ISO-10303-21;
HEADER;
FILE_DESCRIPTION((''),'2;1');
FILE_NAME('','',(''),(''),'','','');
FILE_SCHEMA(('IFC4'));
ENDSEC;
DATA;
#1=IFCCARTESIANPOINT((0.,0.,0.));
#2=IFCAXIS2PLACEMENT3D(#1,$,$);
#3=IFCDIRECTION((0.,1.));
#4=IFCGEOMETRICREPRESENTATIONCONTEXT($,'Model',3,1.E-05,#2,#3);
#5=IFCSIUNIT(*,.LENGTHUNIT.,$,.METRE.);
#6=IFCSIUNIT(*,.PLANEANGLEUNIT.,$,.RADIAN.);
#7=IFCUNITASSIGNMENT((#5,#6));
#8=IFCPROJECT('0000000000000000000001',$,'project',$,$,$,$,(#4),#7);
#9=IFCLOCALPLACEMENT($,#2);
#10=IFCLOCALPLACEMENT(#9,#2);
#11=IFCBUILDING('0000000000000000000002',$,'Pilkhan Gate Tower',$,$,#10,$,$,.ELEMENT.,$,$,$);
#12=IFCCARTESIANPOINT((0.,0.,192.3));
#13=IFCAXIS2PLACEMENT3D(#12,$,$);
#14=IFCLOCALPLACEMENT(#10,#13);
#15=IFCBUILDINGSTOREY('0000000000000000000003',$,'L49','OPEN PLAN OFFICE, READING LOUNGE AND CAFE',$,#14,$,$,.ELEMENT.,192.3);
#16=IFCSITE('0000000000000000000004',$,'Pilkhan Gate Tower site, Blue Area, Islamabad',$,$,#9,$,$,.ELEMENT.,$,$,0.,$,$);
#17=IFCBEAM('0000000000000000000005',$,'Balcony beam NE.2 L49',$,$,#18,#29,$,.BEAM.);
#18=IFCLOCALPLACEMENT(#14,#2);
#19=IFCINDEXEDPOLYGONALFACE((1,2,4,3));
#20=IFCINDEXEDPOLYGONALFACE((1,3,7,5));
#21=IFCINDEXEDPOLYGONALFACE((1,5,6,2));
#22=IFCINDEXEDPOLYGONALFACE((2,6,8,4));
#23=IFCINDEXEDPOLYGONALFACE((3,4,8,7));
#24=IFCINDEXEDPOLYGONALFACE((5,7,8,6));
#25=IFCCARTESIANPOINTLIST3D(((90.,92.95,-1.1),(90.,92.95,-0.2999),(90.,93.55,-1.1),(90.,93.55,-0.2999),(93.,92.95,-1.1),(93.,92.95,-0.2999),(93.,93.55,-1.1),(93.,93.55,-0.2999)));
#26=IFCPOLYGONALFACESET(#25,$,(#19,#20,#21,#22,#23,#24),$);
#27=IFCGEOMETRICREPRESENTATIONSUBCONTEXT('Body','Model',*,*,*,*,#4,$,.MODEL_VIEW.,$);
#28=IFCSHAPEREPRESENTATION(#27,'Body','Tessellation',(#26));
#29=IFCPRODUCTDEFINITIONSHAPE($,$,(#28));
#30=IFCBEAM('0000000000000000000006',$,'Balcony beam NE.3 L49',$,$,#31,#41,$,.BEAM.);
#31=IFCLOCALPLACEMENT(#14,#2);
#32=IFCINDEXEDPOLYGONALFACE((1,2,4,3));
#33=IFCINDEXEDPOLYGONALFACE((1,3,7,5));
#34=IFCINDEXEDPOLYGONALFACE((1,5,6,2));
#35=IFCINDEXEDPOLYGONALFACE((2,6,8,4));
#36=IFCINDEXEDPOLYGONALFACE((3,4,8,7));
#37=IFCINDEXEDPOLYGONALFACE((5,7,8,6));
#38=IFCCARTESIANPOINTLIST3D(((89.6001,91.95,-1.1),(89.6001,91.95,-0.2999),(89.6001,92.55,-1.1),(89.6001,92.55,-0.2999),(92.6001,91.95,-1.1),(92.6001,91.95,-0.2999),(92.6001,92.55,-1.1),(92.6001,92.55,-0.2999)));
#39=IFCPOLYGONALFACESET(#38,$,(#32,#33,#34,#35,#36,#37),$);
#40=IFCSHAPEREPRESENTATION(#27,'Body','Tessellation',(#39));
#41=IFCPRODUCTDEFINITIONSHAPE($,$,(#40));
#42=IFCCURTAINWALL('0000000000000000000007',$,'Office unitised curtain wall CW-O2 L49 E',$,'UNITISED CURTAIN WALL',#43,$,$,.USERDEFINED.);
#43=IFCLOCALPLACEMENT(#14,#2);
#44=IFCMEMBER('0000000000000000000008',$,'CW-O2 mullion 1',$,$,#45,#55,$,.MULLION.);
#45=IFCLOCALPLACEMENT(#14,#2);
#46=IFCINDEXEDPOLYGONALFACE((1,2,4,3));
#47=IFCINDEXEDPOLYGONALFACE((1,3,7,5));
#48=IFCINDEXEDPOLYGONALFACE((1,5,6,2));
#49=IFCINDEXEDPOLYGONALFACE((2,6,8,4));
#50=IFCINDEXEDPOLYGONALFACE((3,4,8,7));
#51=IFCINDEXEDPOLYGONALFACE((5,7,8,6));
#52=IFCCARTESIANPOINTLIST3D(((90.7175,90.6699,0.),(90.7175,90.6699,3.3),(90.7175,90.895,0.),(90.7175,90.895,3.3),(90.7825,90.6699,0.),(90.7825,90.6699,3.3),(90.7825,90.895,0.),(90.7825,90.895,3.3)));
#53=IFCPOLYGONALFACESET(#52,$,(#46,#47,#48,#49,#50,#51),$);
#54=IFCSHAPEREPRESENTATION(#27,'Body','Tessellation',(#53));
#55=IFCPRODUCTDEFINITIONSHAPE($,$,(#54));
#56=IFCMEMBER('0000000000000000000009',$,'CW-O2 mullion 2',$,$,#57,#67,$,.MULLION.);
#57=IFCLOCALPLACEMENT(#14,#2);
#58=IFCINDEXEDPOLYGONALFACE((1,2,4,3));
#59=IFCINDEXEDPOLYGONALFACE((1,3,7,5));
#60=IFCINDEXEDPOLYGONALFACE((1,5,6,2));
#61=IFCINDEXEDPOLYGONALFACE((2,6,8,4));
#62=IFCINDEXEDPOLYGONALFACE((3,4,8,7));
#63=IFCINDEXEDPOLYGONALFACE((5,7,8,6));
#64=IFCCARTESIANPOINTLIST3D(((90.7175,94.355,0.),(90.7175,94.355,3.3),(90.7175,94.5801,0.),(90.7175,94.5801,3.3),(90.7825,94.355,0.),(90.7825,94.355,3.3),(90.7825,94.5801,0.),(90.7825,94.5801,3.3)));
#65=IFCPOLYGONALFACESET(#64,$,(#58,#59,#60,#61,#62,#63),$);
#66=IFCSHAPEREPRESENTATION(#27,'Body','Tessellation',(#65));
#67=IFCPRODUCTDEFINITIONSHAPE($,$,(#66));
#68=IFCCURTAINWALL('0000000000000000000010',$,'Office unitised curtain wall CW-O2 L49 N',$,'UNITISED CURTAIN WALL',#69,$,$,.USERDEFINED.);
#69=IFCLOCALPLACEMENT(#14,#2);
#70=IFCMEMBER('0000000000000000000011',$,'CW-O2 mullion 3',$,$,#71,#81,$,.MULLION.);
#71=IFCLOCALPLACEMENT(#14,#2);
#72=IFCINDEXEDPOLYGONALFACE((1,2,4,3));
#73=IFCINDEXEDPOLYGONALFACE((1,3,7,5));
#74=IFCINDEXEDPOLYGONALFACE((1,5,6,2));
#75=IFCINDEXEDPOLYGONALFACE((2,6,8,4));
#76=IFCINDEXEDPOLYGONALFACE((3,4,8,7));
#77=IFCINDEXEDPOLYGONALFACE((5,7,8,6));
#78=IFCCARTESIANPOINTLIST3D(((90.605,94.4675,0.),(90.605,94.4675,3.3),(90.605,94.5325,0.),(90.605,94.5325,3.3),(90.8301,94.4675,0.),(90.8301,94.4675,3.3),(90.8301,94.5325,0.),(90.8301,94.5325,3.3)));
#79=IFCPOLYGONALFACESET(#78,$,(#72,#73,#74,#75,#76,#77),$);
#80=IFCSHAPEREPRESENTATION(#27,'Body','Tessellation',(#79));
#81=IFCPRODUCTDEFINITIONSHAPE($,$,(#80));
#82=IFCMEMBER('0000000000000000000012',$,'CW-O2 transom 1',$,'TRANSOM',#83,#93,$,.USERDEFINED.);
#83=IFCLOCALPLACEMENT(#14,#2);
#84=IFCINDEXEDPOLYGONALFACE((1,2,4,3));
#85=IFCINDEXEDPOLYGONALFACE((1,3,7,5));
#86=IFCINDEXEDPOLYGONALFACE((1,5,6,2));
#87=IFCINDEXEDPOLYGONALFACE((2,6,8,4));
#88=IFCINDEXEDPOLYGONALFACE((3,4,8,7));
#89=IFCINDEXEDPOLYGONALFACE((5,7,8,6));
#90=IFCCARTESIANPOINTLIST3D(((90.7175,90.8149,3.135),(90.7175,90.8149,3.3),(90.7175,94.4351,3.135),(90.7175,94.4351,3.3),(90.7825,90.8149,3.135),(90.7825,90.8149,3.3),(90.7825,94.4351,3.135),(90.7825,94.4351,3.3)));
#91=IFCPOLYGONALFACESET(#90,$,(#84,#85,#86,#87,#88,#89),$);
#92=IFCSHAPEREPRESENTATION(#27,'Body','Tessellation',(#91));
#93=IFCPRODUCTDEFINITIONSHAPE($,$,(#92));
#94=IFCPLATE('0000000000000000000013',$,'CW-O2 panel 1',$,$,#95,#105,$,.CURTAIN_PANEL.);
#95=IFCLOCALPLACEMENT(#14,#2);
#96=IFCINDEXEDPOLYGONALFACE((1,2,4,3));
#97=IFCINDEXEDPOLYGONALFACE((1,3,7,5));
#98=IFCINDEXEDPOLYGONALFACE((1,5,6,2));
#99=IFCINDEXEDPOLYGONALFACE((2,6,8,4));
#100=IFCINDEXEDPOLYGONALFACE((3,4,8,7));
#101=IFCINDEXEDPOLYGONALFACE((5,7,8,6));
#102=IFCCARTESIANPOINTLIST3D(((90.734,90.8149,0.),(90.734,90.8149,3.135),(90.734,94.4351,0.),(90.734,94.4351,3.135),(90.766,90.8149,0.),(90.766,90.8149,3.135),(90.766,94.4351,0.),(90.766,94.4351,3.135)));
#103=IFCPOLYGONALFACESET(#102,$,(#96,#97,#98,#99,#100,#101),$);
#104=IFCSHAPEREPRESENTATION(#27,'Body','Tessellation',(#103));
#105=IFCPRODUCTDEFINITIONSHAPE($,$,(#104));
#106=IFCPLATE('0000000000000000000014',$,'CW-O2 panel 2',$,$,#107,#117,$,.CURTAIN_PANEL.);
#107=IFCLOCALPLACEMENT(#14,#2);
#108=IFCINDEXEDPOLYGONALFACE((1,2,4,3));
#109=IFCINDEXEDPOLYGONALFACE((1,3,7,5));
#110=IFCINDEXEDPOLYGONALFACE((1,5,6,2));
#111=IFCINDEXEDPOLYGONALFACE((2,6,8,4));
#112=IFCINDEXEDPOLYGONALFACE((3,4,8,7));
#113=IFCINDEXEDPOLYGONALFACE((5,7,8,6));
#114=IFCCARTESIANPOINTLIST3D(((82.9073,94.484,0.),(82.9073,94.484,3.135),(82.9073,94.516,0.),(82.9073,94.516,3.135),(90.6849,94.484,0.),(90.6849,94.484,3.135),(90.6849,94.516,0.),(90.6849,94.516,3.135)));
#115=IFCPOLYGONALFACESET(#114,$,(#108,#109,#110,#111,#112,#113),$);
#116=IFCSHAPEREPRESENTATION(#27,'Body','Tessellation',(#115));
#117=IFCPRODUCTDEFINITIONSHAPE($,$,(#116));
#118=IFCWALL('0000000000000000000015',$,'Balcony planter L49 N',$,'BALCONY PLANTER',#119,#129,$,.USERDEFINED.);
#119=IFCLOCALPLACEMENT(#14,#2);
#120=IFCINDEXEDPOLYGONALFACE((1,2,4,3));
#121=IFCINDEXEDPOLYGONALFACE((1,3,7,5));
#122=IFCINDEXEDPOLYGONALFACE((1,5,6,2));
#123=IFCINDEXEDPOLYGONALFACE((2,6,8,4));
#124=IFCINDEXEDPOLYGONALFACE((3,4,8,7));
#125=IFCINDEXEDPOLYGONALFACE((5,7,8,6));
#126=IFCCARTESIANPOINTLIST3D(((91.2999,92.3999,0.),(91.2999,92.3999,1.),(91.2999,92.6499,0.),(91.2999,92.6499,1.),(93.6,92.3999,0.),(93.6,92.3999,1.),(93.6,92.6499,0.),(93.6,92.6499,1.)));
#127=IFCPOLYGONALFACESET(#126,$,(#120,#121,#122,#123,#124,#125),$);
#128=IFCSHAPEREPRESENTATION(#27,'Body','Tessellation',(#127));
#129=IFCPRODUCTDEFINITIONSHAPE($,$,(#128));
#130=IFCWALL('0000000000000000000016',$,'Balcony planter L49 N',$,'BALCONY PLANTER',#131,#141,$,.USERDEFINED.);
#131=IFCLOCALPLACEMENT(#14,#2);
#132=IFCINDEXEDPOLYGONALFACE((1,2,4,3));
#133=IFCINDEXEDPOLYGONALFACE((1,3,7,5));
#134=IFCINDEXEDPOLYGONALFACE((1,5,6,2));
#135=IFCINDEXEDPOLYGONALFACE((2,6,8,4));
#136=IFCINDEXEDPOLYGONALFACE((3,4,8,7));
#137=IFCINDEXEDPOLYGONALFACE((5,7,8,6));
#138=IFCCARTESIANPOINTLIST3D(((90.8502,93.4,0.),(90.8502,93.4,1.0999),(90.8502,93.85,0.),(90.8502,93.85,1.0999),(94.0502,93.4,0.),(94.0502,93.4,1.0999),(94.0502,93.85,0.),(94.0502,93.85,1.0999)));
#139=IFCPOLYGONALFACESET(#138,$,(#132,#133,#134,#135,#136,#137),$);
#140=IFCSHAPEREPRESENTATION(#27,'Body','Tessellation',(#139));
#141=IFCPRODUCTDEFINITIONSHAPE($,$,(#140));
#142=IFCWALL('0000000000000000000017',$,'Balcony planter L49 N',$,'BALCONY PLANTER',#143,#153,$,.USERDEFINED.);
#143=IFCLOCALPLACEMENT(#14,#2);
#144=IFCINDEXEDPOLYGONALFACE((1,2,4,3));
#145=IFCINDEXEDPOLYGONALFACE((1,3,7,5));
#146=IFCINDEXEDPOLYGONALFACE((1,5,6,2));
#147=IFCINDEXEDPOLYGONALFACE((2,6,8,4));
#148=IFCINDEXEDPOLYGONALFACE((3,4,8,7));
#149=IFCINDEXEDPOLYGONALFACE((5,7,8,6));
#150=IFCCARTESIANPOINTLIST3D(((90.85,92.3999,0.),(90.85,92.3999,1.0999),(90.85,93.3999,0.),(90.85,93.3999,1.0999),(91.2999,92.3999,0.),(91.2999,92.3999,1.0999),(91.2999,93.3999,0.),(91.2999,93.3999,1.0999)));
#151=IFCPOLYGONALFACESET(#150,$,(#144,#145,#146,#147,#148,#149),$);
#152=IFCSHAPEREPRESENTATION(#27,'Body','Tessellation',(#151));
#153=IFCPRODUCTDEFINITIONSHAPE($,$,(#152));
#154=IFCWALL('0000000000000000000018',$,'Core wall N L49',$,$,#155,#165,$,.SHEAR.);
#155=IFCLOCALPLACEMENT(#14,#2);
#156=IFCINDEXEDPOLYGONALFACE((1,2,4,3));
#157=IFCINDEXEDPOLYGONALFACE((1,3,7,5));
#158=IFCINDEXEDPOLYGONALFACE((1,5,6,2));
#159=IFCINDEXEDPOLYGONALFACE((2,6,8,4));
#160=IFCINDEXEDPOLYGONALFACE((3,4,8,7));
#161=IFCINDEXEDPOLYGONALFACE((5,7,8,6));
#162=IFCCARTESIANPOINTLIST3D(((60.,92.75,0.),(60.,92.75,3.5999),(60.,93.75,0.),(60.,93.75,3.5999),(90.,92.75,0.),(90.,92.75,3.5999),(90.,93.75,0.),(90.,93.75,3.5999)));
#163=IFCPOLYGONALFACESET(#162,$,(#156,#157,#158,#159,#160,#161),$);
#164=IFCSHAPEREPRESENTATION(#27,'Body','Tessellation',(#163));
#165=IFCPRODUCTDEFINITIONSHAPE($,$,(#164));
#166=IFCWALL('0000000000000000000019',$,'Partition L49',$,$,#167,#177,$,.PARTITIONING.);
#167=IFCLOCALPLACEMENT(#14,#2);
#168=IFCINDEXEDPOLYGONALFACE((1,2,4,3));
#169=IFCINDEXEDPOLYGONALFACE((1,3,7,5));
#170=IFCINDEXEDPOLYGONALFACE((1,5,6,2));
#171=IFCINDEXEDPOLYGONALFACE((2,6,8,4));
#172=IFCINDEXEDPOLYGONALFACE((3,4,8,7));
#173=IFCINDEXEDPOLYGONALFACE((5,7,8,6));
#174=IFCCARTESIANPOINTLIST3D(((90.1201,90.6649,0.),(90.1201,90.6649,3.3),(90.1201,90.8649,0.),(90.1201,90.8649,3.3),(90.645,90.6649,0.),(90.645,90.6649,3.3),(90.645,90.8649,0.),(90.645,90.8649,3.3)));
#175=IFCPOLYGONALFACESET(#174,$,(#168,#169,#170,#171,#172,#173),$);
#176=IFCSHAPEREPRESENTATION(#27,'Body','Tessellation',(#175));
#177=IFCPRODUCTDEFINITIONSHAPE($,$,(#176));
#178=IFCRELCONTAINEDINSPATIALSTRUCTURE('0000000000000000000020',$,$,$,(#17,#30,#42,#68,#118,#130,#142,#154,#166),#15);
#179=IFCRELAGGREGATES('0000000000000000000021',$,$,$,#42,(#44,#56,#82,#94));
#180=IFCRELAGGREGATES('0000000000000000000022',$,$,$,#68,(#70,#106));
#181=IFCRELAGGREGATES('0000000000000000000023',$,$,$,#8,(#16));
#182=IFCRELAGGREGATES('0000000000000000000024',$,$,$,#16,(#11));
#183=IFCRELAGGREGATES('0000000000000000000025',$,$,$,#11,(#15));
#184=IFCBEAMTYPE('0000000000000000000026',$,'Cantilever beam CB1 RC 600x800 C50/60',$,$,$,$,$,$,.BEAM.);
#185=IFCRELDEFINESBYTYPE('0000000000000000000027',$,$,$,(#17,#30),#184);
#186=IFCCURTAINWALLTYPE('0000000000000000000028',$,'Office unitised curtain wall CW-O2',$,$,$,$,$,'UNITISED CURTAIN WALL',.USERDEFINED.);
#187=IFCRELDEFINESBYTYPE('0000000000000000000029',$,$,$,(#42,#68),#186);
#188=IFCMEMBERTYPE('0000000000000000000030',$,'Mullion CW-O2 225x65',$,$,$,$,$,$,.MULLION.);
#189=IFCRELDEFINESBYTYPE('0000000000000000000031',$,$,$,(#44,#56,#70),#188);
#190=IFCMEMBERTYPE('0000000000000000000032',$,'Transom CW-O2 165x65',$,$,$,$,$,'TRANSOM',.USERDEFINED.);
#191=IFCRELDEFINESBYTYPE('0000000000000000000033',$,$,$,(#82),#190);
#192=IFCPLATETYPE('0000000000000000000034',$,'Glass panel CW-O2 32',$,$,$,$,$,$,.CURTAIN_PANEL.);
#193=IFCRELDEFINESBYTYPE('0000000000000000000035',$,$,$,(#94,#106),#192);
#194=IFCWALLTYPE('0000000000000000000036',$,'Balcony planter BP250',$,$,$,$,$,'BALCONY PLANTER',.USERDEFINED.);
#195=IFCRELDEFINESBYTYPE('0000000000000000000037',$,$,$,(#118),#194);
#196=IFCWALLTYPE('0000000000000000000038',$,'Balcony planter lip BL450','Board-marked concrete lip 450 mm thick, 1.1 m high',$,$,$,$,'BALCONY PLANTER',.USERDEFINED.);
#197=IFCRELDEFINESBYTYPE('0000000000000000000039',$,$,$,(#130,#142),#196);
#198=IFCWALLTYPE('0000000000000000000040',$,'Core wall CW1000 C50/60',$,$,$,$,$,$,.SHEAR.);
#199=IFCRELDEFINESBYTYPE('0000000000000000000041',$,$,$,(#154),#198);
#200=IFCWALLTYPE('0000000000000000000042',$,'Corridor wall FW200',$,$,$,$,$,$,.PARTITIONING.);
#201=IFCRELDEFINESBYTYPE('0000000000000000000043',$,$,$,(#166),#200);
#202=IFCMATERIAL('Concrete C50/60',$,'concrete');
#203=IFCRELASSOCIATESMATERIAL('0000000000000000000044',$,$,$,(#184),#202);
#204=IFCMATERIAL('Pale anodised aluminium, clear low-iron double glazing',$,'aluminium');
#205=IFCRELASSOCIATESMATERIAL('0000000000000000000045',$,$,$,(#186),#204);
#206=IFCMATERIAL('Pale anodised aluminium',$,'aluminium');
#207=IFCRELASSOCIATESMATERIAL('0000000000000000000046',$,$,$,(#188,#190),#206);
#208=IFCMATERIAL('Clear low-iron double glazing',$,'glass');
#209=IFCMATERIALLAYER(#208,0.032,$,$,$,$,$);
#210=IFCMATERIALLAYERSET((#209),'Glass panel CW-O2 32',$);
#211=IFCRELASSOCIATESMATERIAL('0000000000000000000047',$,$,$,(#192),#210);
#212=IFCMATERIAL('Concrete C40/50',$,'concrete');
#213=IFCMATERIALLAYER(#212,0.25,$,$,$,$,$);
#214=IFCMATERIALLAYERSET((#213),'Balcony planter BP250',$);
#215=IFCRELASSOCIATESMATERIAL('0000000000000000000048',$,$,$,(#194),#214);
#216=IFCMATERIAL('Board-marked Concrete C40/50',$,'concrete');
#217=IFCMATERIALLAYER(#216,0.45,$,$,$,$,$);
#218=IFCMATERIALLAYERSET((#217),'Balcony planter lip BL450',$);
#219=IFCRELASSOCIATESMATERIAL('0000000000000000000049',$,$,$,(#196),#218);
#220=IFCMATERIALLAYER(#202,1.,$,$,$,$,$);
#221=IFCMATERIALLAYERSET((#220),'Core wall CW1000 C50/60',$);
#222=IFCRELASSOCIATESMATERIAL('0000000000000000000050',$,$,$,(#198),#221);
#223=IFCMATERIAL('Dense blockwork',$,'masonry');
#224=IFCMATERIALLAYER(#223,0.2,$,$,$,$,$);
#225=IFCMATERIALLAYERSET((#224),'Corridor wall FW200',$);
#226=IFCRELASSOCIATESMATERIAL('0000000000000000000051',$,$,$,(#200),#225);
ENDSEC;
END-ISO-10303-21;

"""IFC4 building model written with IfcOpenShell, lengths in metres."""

from ifc_helpers import new_model, si_unit, direction, frame, frame_2d, origin, origin_2d, place, context, subcontext, project, spatial, rectangle, extrude, material, layer, layer_set, material_profile, profile_set, type_object, element, aggregate, save


model = new_model("IFC4")

# Units and contexts
model_context = context("Model", 3, precision=1e-05, world=origin(), true_north=direction((0.0, 1.0)))
body_context = subcontext(model_context, "Body", "Model", "MODEL_VIEW")
ifc_project = project(units=[si_unit("LENGTHUNIT", "METRE"), si_unit("PLANEANGLEUNIT", "RADIAN")], contexts=[model_context])

# Site, building, storey
site_placement = place(None, origin())
site = spatial("IfcSite", under=ifc_project, at=site_placement, Name="Pilkhan Gate Tower site, Blue Area, Islamabad", CompositionType="ELEMENT", RefElevation=0.0)
building_placement = place(site_placement, origin())
building = spatial("IfcBuilding", under=site, at=building_placement, Name="Pilkhan Gate Tower", CompositionType="ELEMENT")
storey_placement = place(building_placement, frame((0.0, 0.0, 192.3)))
storey = spatial("IfcBuildingStorey", under=building, at=storey_placement, Name="L49", Description="OPEN PLAN OFFICE, READING LOUNGE AND CAFE", CompositionType="ELEMENT", Elevation=192.3)

# Beams
ifc_material_1 = material(Name="Concrete C50/60", Category="concrete")
ifc_material_profile_1 = material_profile(ifc_material_1, rectangle(XDim=0.6001, YDim=0.8, at=origin_2d()), Name="RC 600x800")
ifc_profile_set_1 = profile_set([ifc_material_profile_1], Name="Concrete C50/60")
beam_type = type_object("IfcBeamType", Name="Cantilever beam CB1 RC 600x800 C50/60", PredefinedType="BEAM", material=ifc_profile_set_1)
for number, where, z_axis, x_axis, name in (
    (1, (90.0, 93.25, -0.7), (1.0, 0.0, 0.0), (0.0, 1.0, 0.0), "Balcony beam NE.2 L49"),
    (2, (89.6001, 92.25, -0.7), (1.0, 0.0, 0.0), (0.0, 1.0, 0.0), "Balcony beam NE.3 L49"),
):
    element("IfcBeam", number, at=place(storey_placement, frame(where, z_axis=z_axis, x_axis=x_axis)), inside=storey, type_object=beam_type, Name=name, PredefinedType="BEAM", context=body_context, shape_type="SweptSolid", body=[
        extrude(rectangle(XDim=0.6001, YDim=0.8, at=origin_2d()), origin(), (0.0, 0.0, 1.0), 3.0),
    ])

# Curtain wall, members
ifc_material_2 = material(Name="Pale anodised aluminium, clear low-iron double glazing", Category="aluminium")
curtain_wall_type = type_object("IfcCurtainWallType", Name="Office unitised curtain wall CW-O2", ElementType="UNITISED CURTAIN WALL", PredefinedType="USERDEFINED", material=ifc_material_2)
curtain_wall_1_placement = place(storey_placement, origin())
curtain_wall_1 = element("IfcCurtainWall", 3, at=curtain_wall_1_placement, inside=storey, type_object=curtain_wall_type, Name="Office unitised curtain wall CW-O2 L49 E", ObjectType="UNITISED CURTAIN WALL", PredefinedType="USERDEFINED")
ifc_material_3 = material(Name="Pale anodised aluminium", Category="aluminium")
ifc_material_profile_2 = material_profile(ifc_material_3, rectangle(XDim=0.0649, YDim=0.2251, at=origin_2d()), Name="Mullion 225x65")
ifc_profile_set_2 = profile_set([ifc_material_profile_2], Name="Pale anodised aluminium")
member_type_1 = type_object("IfcMemberType", Name="Mullion CW-O2 225x65", PredefinedType="MULLION", material=ifc_profile_set_2)
member_1_placement = place(storey_placement, frame((90.75, 90.7825, 0.0), z_axis=(0.0, 0.0, 1.0), x_axis=(-1.0, 0.0, 0.0)))
member_1 = element("IfcMember", 4, at=member_1_placement, type_object=member_type_1, Name="CW-O2 mullion 1", PredefinedType="MULLION", context=body_context, shape_type="SweptSolid", body=[
    extrude(rectangle(XDim=0.0649, YDim=0.2251, at=origin_2d()), origin(), (0.0, 0.0, 1.0), 3.3),
])
member_2_placement = place(storey_placement, frame((90.75, 94.4675, 0.0), z_axis=(0.0, 0.0, 1.0), x_axis=(-1.0, 0.0, 0.0)))
member_2 = element("IfcMember", 5, at=member_2_placement, type_object=member_type_1, Name="CW-O2 mullion 2", PredefinedType="MULLION", context=body_context, shape_type="SweptSolid", body=[
    extrude(rectangle(XDim=0.0649, YDim=0.2251, at=origin_2d()), origin(), (0.0, 0.0, 1.0), 3.3),
])

# Curtain wall, member
curtain_wall_2_placement = place(storey_placement, origin())
curtain_wall_2 = element("IfcCurtainWall", 6, at=curtain_wall_2_placement, inside=storey, type_object=curtain_wall_type, Name="Office unitised curtain wall CW-O2 L49 N", ObjectType="UNITISED CURTAIN WALL", PredefinedType="USERDEFINED")
member_3_placement = place(storey_placement, frame((90.7175, 94.5, 0.0), z_axis=(0.0, 0.0, 1.0), x_axis=(0.0, 1.0, 0.0)))
member_3 = element("IfcMember", 7, at=member_3_placement, type_object=member_type_1, Name="CW-O2 mullion 3", PredefinedType="MULLION", context=body_context, shape_type="SweptSolid", body=[
    extrude(rectangle(XDim=0.0649, YDim=0.2251, at=origin_2d()), origin(), (0.0, 0.0, 1.0), 3.3),
])

# Member
ifc_material_profile_3 = material_profile(ifc_material_3, rectangle(XDim=0.0649, YDim=0.165, at=origin_2d()), Name="Transom 165x65")
ifc_profile_set_3 = profile_set([ifc_material_profile_3], Name="Pale anodised aluminium")
member_type_2 = type_object("IfcMemberType", Name="Transom CW-O2 165x65", ElementType="TRANSOM", PredefinedType="USERDEFINED", material=ifc_profile_set_3)
member_4_placement = place(storey_placement, frame((90.75, 90.8149, 3.2175), z_axis=(0.0, 1.0, 0.0), x_axis=(-1.0, 0.0, 0.0)))
member_4 = element("IfcMember", 8, at=member_4_placement, type_object=member_type_2, Name="CW-O2 transom 1", ObjectType="TRANSOM", PredefinedType="USERDEFINED", context=body_context, shape_type="SweptSolid", body=[
    extrude(rectangle(XDim=0.0649, YDim=0.165, at=origin_2d()), origin(), (0.0, 0.0, 1.0), 3.6201),
])

# Plates
ifc_material_4 = material(Name="Clear low-iron double glazing", Category="glass")
ifc_layer_1 = layer(ifc_material_4, 0.032)
ifc_layer_set_1 = layer_set([ifc_layer_1], Name="Glass panel CW-O2 32")
plate_type = type_object("IfcPlateType", Name="Glass panel CW-O2 32", PredefinedType="CURTAIN_PANEL", material=ifc_layer_set_1)
plate_1_placement = place(storey_placement, frame((90.75, 92.625, 0.0), z_axis=(0.0, 0.0, 1.0), x_axis=(0.0, 1.0, 0.0)))
plate_1 = element("IfcPlate", 9, at=plate_1_placement, type_object=plate_type, Name="CW-O2 panel 1", PredefinedType="CURTAIN_PANEL", context=body_context, shape_type="SweptSolid", body=[
    extrude(rectangle(XDim=3.6201, YDim=0.032, at=origin_2d()), origin(), (0.0, 0.0, 1.0), 3.135),
])
aggregate(curtain_wall_1, [member_1, member_2, member_4, plate_1])
plate_2_placement = place(storey_placement, frame((86.7961, 94.5, 0.0), z_axis=(0.0, 0.0, 1.0), x_axis=(1.0, 0.0, 0.0)))
plate_2 = element("IfcPlate", 10, at=plate_2_placement, type_object=plate_type, Name="CW-O2 panel 2", PredefinedType="CURTAIN_PANEL", context=body_context, shape_type="SweptSolid", body=[
    extrude(rectangle(XDim=7.7776, YDim=0.032, at=origin_2d()), origin(), (0.0, 0.0, 1.0), 3.135),
])
aggregate(curtain_wall_2, [member_3, plate_2])

# Walls
ifc_material_5 = material(Name="Concrete C40/50", Category="concrete")
ifc_layer_2 = layer(ifc_material_5, 0.25)
ifc_layer_set_2 = layer_set([ifc_layer_2], Name="Balcony planter BP250")
wall_type_1 = type_object("IfcWallType", Name="Balcony planter BP250", ElementType="BALCONY PLANTER", PredefinedType="USERDEFINED", material=ifc_layer_set_2)
wall_1_placement = place(storey_placement, frame((91.3, 92.5249, 0.0), z_axis=(0.0, 0.0, 1.0), x_axis=(1.0, 0.0, 0.0)))
element("IfcWall", 11, at=wall_1_placement, inside=storey, type_object=wall_type_1, Name="Balcony planter L49 N", ObjectType="BALCONY PLANTER", PredefinedType="USERDEFINED", context=body_context, shape_type="SweptSolid", body=[
    extrude(rectangle(XDim=2.3, YDim=0.25, at=frame_2d((1.1499, 0.0))), origin(), (0.0, 0.0, 1.0), 1.0),
])
ifc_material_6 = material(Name="Board-marked Concrete C40/50", Category="concrete")
ifc_layer_3 = layer(ifc_material_6, 0.45)
ifc_layer_set_3 = layer_set([ifc_layer_3], Name="Balcony planter lip BL450")
wall_type_2 = type_object("IfcWallType", Name="Balcony planter lip BL450", Description="Board-marked concrete lip 450 mm thick, 1.1 m high", ElementType="BALCONY PLANTER", PredefinedType="USERDEFINED", material=ifc_layer_set_3)
wall_2_placement = place(storey_placement, frame((90.8501, 93.625, 0.0), z_axis=(0.0, 0.0, 1.0), x_axis=(1.0, 0.0, 0.0)))
element("IfcWall", 12, at=wall_2_placement, inside=storey, type_object=wall_type_2, Name="Balcony planter L49 N", ObjectType="BALCONY PLANTER", PredefinedType="USERDEFINED", context=body_context, shape_type="SweptSolid", body=[
    extrude(rectangle(XDim=3.2, YDim=0.45, at=frame_2d((1.6001, 0.0))), origin(), (0.0, 0.0, 1.0), 1.0999),
])
wall_3_placement = place(storey_placement, frame((91.075, 92.3999, 0.0), z_axis=(0.0, 0.0, 1.0), x_axis=(0.0, 1.0, 0.0)))
element("IfcWall", 13, at=wall_3_placement, inside=storey, type_object=wall_type_2, Name="Balcony planter L49 N", ObjectType="BALCONY PLANTER", PredefinedType="USERDEFINED", context=body_context, shape_type="SweptSolid", body=[
    extrude(rectangle(XDim=1.0, YDim=0.45, at=frame_2d((0.5, 0.0))), origin(), (0.0, 0.0, 1.0), 1.0999),
])
ifc_layer_4 = layer(ifc_material_1, 1.0)
ifc_layer_set_4 = layer_set([ifc_layer_4], Name="Core wall CW1000 C50/60")
wall_type_3 = type_object("IfcWallType", Name="Core wall CW1000 C50/60", PredefinedType="SHEAR", material=ifc_layer_set_4)
wall_4_placement = place(storey_placement, frame((90.0, 93.25, 0.0), z_axis=(0.0, 0.0, 1.0), x_axis=(-1.0, 0.0, 0.0)))
element("IfcWall", 14, at=wall_4_placement, inside=storey, type_object=wall_type_3, Name="Core wall N L49", PredefinedType="SHEAR", context=body_context, shape_type="SweptSolid", body=[
    extrude(rectangle(XDim=30.0, YDim=1.0, at=frame_2d((15.0, 0.0))), origin(), (0.0, 0.0, 1.0), 3.5999),
])
ifc_material_7 = material(Name="Dense blockwork", Category="masonry")
ifc_layer_5 = layer(ifc_material_7, 0.2)
ifc_layer_set_5 = layer_set([ifc_layer_5], Name="Corridor wall FW200")
wall_type_4 = type_object("IfcWallType", Name="Corridor wall FW200", PredefinedType="PARTITIONING", material=ifc_layer_set_5)
wall_5_placement = place(storey_placement, frame((90.1201, 90.7649, 0.0), z_axis=(0.0, 0.0, 1.0), x_axis=(1.0, 0.0, 0.0)))
element("IfcWall", 15, at=wall_5_placement, inside=storey, type_object=wall_type_4, Name="Partition L49", PredefinedType="PARTITIONING", context=body_context, shape_type="SweptSolid", body=[
    extrude(rectangle(XDim=0.5249, YDim=0.2, at=frame_2d((0.2625, 0.0))), origin(), (0.0, 0.0, 1.0), 3.3),
])

save(model, "model.ifc")
